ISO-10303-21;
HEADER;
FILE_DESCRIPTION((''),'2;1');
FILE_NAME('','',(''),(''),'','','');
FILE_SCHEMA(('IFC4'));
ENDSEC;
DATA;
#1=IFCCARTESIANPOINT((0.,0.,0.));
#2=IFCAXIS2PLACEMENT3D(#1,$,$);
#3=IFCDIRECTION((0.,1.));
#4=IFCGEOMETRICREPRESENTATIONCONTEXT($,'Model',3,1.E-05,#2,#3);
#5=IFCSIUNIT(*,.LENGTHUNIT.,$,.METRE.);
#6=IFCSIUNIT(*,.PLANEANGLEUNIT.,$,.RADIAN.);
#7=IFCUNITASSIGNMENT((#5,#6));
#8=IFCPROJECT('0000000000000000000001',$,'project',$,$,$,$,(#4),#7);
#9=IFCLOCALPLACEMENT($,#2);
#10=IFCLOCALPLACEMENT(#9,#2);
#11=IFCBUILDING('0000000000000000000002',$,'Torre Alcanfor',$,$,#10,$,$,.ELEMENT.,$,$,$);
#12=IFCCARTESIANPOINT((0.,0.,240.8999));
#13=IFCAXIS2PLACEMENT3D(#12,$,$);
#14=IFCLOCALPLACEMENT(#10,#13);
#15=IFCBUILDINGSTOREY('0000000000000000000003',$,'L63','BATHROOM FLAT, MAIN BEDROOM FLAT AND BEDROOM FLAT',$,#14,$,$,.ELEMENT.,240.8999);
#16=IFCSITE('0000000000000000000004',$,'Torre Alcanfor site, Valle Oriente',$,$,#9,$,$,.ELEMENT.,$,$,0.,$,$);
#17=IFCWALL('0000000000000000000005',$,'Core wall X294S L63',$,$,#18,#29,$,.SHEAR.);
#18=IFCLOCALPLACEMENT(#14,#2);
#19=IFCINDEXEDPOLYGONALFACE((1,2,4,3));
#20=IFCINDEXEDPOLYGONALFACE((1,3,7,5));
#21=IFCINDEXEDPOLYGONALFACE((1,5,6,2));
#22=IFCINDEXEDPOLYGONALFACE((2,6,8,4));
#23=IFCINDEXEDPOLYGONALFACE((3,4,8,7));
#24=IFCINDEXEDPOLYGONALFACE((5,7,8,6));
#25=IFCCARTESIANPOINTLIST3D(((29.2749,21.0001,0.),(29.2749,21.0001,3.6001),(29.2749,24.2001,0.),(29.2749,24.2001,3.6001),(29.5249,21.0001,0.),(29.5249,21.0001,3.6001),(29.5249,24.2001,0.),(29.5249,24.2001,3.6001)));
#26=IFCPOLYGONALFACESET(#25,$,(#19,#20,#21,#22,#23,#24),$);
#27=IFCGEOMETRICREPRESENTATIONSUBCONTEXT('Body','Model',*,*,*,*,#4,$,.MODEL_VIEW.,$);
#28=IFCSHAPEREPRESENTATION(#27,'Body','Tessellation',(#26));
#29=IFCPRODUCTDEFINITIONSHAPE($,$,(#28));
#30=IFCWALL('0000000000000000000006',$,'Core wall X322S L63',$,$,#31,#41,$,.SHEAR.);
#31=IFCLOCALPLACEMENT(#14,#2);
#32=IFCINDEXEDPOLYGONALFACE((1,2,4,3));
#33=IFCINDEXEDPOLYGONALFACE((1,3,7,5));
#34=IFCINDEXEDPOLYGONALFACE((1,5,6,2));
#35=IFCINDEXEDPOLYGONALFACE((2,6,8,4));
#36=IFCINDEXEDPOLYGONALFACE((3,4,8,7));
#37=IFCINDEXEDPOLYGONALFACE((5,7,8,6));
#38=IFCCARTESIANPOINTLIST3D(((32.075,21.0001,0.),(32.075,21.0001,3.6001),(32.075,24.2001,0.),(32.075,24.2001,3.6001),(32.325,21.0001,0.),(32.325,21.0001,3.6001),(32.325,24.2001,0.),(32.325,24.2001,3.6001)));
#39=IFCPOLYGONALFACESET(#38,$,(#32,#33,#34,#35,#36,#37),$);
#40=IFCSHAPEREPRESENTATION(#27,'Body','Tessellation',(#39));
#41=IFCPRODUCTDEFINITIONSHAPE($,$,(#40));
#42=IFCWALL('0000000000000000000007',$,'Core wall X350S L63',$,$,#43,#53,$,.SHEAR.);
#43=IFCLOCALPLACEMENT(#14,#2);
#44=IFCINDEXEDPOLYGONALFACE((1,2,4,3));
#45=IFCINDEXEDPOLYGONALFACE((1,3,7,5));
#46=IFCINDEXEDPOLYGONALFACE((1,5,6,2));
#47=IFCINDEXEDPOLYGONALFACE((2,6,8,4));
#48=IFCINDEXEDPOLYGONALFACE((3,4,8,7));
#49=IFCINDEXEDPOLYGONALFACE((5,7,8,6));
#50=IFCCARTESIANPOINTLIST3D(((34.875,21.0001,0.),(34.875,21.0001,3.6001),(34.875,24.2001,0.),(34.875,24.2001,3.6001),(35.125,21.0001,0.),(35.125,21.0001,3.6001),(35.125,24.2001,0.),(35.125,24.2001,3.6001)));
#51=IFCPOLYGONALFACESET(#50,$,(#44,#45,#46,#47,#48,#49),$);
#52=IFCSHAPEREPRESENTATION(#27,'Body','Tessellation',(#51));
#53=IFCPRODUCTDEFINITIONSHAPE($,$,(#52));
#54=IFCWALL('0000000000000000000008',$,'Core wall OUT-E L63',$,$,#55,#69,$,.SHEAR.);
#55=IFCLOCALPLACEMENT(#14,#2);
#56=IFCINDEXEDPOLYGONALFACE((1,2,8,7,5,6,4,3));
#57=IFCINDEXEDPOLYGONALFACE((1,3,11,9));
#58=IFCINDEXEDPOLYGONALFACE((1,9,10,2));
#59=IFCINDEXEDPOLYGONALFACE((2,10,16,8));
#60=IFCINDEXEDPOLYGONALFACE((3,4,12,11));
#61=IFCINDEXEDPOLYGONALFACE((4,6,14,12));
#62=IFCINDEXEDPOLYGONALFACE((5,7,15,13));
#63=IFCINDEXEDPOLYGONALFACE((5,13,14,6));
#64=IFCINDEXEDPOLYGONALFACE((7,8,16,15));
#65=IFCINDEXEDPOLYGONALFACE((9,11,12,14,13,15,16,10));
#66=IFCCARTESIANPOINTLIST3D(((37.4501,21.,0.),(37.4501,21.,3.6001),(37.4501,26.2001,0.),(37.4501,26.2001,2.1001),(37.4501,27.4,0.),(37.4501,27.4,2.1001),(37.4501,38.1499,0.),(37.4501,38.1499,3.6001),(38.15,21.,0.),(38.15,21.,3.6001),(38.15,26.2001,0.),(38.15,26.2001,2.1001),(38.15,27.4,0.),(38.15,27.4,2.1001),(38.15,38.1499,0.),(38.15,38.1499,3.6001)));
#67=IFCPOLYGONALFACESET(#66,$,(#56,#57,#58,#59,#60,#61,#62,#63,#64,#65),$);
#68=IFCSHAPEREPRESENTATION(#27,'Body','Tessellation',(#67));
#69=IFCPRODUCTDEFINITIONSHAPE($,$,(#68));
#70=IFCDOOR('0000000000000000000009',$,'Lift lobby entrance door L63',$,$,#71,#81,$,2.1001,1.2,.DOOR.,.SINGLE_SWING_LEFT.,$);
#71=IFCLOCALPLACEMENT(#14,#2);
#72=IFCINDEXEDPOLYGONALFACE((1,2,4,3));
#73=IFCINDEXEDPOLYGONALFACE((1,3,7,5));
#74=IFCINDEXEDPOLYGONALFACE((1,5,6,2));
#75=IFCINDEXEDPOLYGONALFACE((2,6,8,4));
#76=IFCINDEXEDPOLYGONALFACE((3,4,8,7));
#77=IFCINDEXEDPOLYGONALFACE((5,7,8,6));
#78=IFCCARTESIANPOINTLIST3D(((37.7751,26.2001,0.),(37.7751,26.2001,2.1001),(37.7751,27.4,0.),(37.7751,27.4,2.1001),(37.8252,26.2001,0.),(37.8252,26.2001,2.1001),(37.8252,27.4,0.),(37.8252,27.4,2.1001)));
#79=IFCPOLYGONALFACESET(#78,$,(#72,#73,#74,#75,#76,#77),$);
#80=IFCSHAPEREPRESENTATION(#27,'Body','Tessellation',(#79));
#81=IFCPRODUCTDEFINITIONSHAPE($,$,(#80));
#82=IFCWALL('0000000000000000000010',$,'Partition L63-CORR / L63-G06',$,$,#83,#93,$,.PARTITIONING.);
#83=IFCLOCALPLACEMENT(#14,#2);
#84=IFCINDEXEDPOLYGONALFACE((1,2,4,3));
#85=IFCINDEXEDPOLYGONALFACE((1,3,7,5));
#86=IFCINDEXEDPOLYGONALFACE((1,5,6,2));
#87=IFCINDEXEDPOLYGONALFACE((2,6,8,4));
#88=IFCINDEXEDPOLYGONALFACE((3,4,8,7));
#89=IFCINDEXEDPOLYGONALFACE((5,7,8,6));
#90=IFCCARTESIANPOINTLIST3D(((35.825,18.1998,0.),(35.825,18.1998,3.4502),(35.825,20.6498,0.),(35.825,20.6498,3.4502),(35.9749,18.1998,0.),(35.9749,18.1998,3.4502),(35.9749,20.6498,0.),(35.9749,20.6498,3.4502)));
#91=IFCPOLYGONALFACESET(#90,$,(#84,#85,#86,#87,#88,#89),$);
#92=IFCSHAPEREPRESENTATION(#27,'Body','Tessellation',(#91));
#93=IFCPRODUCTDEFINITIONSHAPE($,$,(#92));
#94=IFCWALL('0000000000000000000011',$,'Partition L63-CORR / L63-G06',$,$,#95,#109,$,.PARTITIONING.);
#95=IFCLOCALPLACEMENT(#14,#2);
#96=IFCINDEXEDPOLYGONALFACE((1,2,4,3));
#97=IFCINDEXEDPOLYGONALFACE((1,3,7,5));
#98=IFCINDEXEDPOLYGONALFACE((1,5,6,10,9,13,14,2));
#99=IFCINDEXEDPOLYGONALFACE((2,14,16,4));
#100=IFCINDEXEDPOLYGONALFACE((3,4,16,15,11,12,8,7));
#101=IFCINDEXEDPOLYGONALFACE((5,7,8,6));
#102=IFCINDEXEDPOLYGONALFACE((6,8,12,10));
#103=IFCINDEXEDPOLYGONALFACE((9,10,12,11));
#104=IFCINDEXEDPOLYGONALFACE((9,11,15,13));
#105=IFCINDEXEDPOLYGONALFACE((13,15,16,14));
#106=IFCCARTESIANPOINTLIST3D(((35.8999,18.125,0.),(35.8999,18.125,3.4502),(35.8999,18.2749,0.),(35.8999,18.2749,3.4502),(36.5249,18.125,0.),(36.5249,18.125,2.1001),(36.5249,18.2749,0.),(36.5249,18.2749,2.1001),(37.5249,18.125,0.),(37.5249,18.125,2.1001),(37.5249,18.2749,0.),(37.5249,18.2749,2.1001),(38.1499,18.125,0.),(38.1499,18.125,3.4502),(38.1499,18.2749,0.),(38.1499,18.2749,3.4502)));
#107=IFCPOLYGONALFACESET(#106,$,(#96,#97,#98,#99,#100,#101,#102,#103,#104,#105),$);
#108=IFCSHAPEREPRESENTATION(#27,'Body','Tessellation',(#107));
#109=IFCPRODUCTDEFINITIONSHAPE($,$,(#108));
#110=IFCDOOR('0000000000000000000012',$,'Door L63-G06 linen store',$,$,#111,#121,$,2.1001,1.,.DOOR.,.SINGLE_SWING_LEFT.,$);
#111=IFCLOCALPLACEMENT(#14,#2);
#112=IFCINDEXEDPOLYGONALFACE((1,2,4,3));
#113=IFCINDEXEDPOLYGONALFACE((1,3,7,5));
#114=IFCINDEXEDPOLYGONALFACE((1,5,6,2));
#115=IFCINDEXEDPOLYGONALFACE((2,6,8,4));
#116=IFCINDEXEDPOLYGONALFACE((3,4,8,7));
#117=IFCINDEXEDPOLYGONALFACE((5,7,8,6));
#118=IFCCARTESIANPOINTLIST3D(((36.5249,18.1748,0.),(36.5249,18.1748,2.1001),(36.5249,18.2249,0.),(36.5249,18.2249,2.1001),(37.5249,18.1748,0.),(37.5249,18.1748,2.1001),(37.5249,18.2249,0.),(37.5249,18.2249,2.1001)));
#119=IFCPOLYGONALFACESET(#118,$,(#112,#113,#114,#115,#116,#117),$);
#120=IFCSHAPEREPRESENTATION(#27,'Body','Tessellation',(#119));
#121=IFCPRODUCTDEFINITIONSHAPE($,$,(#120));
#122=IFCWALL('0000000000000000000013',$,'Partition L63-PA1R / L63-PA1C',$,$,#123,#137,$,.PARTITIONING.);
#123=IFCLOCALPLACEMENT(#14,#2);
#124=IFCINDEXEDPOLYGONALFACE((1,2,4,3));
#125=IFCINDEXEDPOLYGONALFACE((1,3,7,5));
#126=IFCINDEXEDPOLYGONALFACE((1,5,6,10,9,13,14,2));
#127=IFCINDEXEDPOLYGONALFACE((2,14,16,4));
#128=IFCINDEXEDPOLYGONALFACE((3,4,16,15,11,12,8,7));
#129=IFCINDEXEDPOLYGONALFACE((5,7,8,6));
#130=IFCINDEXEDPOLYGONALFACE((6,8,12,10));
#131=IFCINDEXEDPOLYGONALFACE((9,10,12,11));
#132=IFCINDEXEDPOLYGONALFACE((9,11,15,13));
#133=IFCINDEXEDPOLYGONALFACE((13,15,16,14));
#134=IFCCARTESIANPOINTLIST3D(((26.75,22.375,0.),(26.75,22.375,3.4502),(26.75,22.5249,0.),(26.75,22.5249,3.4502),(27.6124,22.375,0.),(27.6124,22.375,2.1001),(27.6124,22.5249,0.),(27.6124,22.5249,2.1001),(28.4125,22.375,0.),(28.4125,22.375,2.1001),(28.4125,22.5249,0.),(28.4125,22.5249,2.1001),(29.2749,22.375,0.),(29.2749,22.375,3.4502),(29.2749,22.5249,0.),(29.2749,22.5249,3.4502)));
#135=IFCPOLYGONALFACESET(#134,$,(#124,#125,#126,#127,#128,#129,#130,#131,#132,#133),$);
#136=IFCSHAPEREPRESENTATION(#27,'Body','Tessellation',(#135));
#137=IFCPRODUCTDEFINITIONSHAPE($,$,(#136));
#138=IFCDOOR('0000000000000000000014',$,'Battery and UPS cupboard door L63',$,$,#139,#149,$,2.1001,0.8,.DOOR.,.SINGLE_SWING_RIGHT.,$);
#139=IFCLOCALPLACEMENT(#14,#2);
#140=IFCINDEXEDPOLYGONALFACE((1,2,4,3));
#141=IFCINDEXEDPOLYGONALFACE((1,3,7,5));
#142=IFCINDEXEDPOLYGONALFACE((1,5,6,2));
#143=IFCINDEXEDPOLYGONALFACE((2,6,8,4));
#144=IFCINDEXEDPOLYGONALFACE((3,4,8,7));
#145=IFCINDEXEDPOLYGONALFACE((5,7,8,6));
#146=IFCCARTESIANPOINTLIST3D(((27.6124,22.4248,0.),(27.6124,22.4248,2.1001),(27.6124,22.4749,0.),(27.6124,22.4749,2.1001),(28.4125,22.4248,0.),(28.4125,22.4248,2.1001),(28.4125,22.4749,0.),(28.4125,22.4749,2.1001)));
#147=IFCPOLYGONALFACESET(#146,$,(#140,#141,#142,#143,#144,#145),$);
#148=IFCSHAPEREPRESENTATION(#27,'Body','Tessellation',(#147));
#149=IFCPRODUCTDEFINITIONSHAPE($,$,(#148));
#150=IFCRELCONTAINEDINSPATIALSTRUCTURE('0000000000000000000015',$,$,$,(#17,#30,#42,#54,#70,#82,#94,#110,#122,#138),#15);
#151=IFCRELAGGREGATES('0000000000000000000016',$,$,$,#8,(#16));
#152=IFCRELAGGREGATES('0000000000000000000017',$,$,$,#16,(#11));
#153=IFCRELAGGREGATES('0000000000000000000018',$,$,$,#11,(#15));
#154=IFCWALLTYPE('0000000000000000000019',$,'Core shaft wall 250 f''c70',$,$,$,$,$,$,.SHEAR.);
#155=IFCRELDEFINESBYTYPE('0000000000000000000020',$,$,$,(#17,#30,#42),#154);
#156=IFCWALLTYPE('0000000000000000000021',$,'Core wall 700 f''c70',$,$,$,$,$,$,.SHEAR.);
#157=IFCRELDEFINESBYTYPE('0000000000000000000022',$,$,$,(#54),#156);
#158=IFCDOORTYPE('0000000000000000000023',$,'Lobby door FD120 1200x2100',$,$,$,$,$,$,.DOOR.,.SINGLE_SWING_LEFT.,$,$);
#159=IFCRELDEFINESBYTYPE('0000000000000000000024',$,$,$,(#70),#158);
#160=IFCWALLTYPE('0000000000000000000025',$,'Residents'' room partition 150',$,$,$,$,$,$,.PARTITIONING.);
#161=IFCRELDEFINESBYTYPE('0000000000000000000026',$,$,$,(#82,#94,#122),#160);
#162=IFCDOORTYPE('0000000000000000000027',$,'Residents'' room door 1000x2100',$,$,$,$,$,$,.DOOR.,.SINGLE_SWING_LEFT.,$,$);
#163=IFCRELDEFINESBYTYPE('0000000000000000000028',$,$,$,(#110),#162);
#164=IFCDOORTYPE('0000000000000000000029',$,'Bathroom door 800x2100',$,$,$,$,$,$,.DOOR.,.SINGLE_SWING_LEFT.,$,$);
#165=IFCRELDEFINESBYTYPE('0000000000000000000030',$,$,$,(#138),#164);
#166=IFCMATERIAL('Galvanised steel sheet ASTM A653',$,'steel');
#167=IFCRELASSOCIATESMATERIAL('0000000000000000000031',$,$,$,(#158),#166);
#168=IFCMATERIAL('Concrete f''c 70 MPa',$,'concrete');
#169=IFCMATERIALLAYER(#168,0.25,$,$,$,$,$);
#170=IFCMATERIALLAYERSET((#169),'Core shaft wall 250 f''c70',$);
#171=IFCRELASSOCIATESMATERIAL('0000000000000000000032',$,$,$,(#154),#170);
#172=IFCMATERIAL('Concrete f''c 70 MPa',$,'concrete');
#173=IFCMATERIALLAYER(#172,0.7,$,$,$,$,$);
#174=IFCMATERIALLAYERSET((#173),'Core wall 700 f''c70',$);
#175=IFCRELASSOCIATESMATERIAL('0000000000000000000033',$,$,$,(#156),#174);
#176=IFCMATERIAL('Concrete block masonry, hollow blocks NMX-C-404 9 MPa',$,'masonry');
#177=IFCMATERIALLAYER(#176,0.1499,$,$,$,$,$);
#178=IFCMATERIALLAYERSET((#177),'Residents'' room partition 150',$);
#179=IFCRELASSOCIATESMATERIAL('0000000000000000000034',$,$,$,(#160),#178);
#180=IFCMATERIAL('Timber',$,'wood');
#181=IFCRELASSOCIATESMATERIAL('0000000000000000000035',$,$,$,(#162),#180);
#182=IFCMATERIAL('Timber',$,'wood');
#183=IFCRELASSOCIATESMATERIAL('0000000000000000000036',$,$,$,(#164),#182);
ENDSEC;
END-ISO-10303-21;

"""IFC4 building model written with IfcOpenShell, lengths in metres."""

from ifc_helpers import new_model, si_unit, direction, frame, frame_2d, origin, place, context, subcontext, project, spatial, rectangle, extrude, material, layer, layer_set, type_object, element, fill, save


model = new_model("IFC4")

# Units and contexts
model_context = context("Model", 3, precision=1e-05, world=origin(), true_north=direction((0.0, 1.0)))
body_context = subcontext(model_context, "Body", "Model", "MODEL_VIEW")
ifc_project = project(units=[si_unit("LENGTHUNIT", "METRE"), si_unit("PLANEANGLEUNIT", "RADIAN")], contexts=[model_context])

# Site, building, storey
site_placement = place(None, origin())
site = spatial("IfcSite", under=ifc_project, at=site_placement, Name="Torre Alcanfor site, Valle Oriente", CompositionType="ELEMENT", RefElevation=0.0)
building_placement = place(site_placement, origin())
building = spatial("IfcBuilding", under=site, at=building_placement, Name="Torre Alcanfor", CompositionType="ELEMENT")
storey_placement = place(building_placement, frame((0.0, 0.0, 240.8999)))
storey = spatial("IfcBuildingStorey", under=building, at=storey_placement, Name="L63", Description="BATHROOM FLAT, MAIN BEDROOM FLAT AND BEDROOM FLAT", CompositionType="ELEMENT", Elevation=240.8999)

# Shared definitions
ifc_material_1 = material(Name="Galvanised steel sheet ASTM A653", Category="steel")
door_type_1 = type_object("IfcDoorType", Name="Lobby door FD120 1200x2100", OperationType="SINGLE_SWING_LEFT", PredefinedType="DOOR", material=ifc_material_1)

# Walls
ifc_material_2 = material(Name="Concrete f'c 70 MPa", Category="concrete")
ifc_layer_1 = layer(ifc_material_2, 0.25)
ifc_layer_set_1 = layer_set([ifc_layer_1], Name="Core shaft wall 250 f'c70")
wall_type_1 = type_object("IfcWallType", Name="Core shaft wall 250 f'c70", PredefinedType="SHEAR", material=ifc_layer_set_1)
for number, where, z_axis, x_axis, name in (
    (1, (29.3999, 21.0, 0.0), (0.0, 0.0, 1.0), (0.0, 1.0, 0.0), "Core wall X294S L63"),
    (2, (32.2, 21.0, 0.0), (0.0, 0.0, 1.0), (0.0, 1.0, 0.0), "Core wall X322S L63"),
    (3, (35.0, 21.0, 0.0), (0.0, 0.0, 1.0), (0.0, 1.0, 0.0), "Core wall X350S L63"),
):
    element("IfcWall", number, at=place(storey_placement, frame(where, z_axis=z_axis, x_axis=x_axis)), inside=storey, type_object=wall_type_1, Name=name, PredefinedType="SHEAR", context=body_context, shape_type="SweptSolid", body=[
        extrude(rectangle(XDim=3.2, YDim=0.25, at=frame_2d((1.6001, 0.0))), origin(), (0.0, 0.0, 1.0), 3.6001),
    ])

# Wall, opening, door
ifc_material_3 = material(Name="Concrete f'c 70 MPa", Category="concrete")
ifc_layer_2 = layer(ifc_material_3, 0.7)
ifc_layer_set_2 = layer_set([ifc_layer_2], Name="Core wall 700 f'c70")
wall_type_2 = type_object("IfcWallType", Name="Core wall 700 f'c70", PredefinedType="SHEAR", material=ifc_layer_set_2)
wall_1_placement = place(storey_placement, frame((37.8, 21.0, 0.0), z_axis=(0.0, 0.0, 1.0), x_axis=(0.0, 1.0, 0.0)))
wall_1 = element("IfcWall", 4, at=wall_1_placement, inside=storey, type_object=wall_type_2, Name="Core wall OUT-E L63", PredefinedType="SHEAR", context=body_context, shape_type="SweptSolid", body=[
    extrude(rectangle(XDim=17.1499, YDim=0.7, at=frame_2d((8.575, 0.0))), origin(), (0.0, 0.0, 1.0), 3.6001),
])
opening_1_placement = place(wall_1_placement, frame((5.2, 0.0, 0.0)))
opening_1 = element("IfcOpeningElement", 5, at=opening_1_placement, cuts=wall_1, PredefinedType="OPENING", context=body_context, shape_type="SweptSolid", body=[
    extrude(rectangle(XDim=1.2, YDim=2.1001, at=frame_2d((0.6001, 1.05))), frame((0.0, 0.3599, 0.0), z_axis=(0.0, -1.0, 0.0), x_axis=(1.0, 0.0, 0.0)), (0.0, 0.0, 1.0), 0.72),
])
door_1_placement = place(opening_1_placement, origin())
door_1 = element("IfcDoor", 6, at=door_1_placement, inside=storey, type_object=door_type_1, Name="Lift lobby entrance door L63", OperationType="SINGLE_SWING_LEFT", OverallHeight=2.1001, OverallWidth=1.2, PredefinedType="DOOR", context=body_context, shape_type="SweptSolid", body=[
    extrude(rectangle(XDim=1.2, YDim=2.1001, at=frame_2d((0.6001, 1.05))), frame((0.0, 0.0249, 0.0), z_axis=(0.0, -1.0, 0.0), x_axis=(1.0, 0.0, 0.0)), (0.0, 0.0, 1.0), 0.05),
])
fill(opening_1, door_1)

# Wall
ifc_material_4 = material(Name="Concrete block masonry, hollow blocks NMX-C-404 9 MPa", Category="masonry")
ifc_layer_3 = layer(ifc_material_4, 0.1499)
ifc_layer_set_3 = layer_set([ifc_layer_3], Name="Residents' room partition 150")
wall_type_3 = type_object("IfcWallType", Name="Residents' room partition 150", PredefinedType="PARTITIONING", material=ifc_layer_set_3)
wall_2_placement = place(storey_placement, frame((35.8999, 20.6499, 0.0), z_axis=(0.0, 0.0, 1.0), x_axis=(0.0, -1.0, 0.0)))
element("IfcWall", 7, at=wall_2_placement, inside=storey, type_object=wall_type_3, Name="Partition L63-CORR / L63-G06", PredefinedType="PARTITIONING", context=body_context, shape_type="SweptSolid", body=[
    extrude(rectangle(XDim=2.45, YDim=0.1499, at=frame_2d((1.2251, 0.0))), origin(), (0.0, 0.0, 1.0), 3.4502),
])

# Walls, openings, doors
wall_3_placement = place(storey_placement, frame((35.8999, 18.2, 0.0), z_axis=(0.0, 0.0, 1.0), x_axis=(1.0, 0.0, 0.0)))
wall_3 = element("IfcWall", 8, at=wall_3_placement, inside=storey, type_object=wall_type_3, Name="Partition L63-CORR / L63-G06", PredefinedType="PARTITIONING", context=body_context, shape_type="SweptSolid", body=[
    extrude(rectangle(XDim=2.25, YDim=0.1499, at=frame_2d((1.125, 0.0))), origin(), (0.0, 0.0, 1.0), 3.4502),
])
opening_2_placement = place(wall_3_placement, frame((0.625, 0.0, 0.0)))
opening_2 = element("IfcOpeningElement", 9, at=opening_2_placement, cuts=wall_3, PredefinedType="OPENING", context=body_context, shape_type="SweptSolid", body=[
    extrude(rectangle(XDim=1.0, YDim=2.1001, at=frame_2d((0.5, 1.05))), frame((0.0, 0.085, 0.0), z_axis=(0.0, -1.0, 0.0), x_axis=(1.0, 0.0, 0.0)), (0.0, 0.0, 1.0), 0.1699),
])
ifc_material_5 = material(Name="Timber", Category="wood")
door_type_2 = type_object("IfcDoorType", Name="Residents' room door 1000x2100", OperationType="SINGLE_SWING_LEFT", PredefinedType="DOOR", material=ifc_material_5)
door_2_placement = place(opening_2_placement, origin())
door_2 = element("IfcDoor", 10, at=door_2_placement, inside=storey, type_object=door_type_2, Name="Door L63-G06 linen store", OperationType="SINGLE_SWING_LEFT", OverallHeight=2.1001, OverallWidth=1.0, PredefinedType="DOOR", context=body_context, shape_type="SweptSolid", body=[
    extrude(rectangle(XDim=1.0, YDim=2.1001, at=frame_2d((0.5, 1.05))), frame((0.0, 0.0249, 0.0), z_axis=(0.0, -1.0, 0.0), x_axis=(1.0, 0.0, 0.0)), (0.0, 0.0, 1.0), 0.05),
])
fill(opening_2, door_2)
wall_4_placement = place(storey_placement, frame((26.75, 22.45, 0.0), z_axis=(0.0, 0.0, 1.0), x_axis=(1.0, 0.0, 0.0)))
wall_4 = element("IfcWall", 11, at=wall_4_placement, inside=storey, type_object=wall_type_3, Name="Partition L63-PA1R / L63-PA1C", PredefinedType="PARTITIONING", context=body_context, shape_type="SweptSolid", body=[
    extrude(rectangle(XDim=2.5249, YDim=0.1499, at=frame_2d((1.2625, 0.0))), origin(), (0.0, 0.0, 1.0), 3.4502),
])
opening_3_placement = place(wall_4_placement, frame((0.8625, 0.0, 0.0)))
opening_3 = element("IfcOpeningElement", 12, at=opening_3_placement, cuts=wall_4, PredefinedType="OPENING", context=body_context, shape_type="SweptSolid", body=[
    extrude(rectangle(XDim=0.8, YDim=2.1001, at=frame_2d((0.3999, 1.05))), frame((0.0, 0.085, 0.0), z_axis=(0.0, -1.0, 0.0), x_axis=(1.0, 0.0, 0.0)), (0.0, 0.0, 1.0), 0.1699),
])
ifc_material_6 = material(Name="Timber", Category="wood")
door_type_3 = type_object("IfcDoorType", Name="Bathroom door 800x2100", OperationType="SINGLE_SWING_LEFT", PredefinedType="DOOR", material=ifc_material_6)
door_3_placement = place(opening_3_placement, frame((0.8, 0.0, 0.0), z_axis=(0.0, 0.0, 1.0), x_axis=(-1.0, 0.0, 0.0)))
door_3 = element("IfcDoor", 13, at=door_3_placement, inside=storey, type_object=door_type_3, Name="Battery and UPS cupboard door L63", OperationType="SINGLE_SWING_RIGHT", OverallHeight=2.1001, OverallWidth=0.8, PredefinedType="DOOR", context=body_context, shape_type="SweptSolid", body=[
    extrude(rectangle(XDim=0.8, YDim=2.1001, at=frame_2d((0.4001, 1.05))), frame((0.0, 0.0251, 0.0), z_axis=(0.0, -1.0, 0.0), x_axis=(1.0, 0.0, 0.0)), (0.0, 0.0, 1.0), 0.05),
])
fill(opening_3, door_3)

save(model, "model.ifc")
